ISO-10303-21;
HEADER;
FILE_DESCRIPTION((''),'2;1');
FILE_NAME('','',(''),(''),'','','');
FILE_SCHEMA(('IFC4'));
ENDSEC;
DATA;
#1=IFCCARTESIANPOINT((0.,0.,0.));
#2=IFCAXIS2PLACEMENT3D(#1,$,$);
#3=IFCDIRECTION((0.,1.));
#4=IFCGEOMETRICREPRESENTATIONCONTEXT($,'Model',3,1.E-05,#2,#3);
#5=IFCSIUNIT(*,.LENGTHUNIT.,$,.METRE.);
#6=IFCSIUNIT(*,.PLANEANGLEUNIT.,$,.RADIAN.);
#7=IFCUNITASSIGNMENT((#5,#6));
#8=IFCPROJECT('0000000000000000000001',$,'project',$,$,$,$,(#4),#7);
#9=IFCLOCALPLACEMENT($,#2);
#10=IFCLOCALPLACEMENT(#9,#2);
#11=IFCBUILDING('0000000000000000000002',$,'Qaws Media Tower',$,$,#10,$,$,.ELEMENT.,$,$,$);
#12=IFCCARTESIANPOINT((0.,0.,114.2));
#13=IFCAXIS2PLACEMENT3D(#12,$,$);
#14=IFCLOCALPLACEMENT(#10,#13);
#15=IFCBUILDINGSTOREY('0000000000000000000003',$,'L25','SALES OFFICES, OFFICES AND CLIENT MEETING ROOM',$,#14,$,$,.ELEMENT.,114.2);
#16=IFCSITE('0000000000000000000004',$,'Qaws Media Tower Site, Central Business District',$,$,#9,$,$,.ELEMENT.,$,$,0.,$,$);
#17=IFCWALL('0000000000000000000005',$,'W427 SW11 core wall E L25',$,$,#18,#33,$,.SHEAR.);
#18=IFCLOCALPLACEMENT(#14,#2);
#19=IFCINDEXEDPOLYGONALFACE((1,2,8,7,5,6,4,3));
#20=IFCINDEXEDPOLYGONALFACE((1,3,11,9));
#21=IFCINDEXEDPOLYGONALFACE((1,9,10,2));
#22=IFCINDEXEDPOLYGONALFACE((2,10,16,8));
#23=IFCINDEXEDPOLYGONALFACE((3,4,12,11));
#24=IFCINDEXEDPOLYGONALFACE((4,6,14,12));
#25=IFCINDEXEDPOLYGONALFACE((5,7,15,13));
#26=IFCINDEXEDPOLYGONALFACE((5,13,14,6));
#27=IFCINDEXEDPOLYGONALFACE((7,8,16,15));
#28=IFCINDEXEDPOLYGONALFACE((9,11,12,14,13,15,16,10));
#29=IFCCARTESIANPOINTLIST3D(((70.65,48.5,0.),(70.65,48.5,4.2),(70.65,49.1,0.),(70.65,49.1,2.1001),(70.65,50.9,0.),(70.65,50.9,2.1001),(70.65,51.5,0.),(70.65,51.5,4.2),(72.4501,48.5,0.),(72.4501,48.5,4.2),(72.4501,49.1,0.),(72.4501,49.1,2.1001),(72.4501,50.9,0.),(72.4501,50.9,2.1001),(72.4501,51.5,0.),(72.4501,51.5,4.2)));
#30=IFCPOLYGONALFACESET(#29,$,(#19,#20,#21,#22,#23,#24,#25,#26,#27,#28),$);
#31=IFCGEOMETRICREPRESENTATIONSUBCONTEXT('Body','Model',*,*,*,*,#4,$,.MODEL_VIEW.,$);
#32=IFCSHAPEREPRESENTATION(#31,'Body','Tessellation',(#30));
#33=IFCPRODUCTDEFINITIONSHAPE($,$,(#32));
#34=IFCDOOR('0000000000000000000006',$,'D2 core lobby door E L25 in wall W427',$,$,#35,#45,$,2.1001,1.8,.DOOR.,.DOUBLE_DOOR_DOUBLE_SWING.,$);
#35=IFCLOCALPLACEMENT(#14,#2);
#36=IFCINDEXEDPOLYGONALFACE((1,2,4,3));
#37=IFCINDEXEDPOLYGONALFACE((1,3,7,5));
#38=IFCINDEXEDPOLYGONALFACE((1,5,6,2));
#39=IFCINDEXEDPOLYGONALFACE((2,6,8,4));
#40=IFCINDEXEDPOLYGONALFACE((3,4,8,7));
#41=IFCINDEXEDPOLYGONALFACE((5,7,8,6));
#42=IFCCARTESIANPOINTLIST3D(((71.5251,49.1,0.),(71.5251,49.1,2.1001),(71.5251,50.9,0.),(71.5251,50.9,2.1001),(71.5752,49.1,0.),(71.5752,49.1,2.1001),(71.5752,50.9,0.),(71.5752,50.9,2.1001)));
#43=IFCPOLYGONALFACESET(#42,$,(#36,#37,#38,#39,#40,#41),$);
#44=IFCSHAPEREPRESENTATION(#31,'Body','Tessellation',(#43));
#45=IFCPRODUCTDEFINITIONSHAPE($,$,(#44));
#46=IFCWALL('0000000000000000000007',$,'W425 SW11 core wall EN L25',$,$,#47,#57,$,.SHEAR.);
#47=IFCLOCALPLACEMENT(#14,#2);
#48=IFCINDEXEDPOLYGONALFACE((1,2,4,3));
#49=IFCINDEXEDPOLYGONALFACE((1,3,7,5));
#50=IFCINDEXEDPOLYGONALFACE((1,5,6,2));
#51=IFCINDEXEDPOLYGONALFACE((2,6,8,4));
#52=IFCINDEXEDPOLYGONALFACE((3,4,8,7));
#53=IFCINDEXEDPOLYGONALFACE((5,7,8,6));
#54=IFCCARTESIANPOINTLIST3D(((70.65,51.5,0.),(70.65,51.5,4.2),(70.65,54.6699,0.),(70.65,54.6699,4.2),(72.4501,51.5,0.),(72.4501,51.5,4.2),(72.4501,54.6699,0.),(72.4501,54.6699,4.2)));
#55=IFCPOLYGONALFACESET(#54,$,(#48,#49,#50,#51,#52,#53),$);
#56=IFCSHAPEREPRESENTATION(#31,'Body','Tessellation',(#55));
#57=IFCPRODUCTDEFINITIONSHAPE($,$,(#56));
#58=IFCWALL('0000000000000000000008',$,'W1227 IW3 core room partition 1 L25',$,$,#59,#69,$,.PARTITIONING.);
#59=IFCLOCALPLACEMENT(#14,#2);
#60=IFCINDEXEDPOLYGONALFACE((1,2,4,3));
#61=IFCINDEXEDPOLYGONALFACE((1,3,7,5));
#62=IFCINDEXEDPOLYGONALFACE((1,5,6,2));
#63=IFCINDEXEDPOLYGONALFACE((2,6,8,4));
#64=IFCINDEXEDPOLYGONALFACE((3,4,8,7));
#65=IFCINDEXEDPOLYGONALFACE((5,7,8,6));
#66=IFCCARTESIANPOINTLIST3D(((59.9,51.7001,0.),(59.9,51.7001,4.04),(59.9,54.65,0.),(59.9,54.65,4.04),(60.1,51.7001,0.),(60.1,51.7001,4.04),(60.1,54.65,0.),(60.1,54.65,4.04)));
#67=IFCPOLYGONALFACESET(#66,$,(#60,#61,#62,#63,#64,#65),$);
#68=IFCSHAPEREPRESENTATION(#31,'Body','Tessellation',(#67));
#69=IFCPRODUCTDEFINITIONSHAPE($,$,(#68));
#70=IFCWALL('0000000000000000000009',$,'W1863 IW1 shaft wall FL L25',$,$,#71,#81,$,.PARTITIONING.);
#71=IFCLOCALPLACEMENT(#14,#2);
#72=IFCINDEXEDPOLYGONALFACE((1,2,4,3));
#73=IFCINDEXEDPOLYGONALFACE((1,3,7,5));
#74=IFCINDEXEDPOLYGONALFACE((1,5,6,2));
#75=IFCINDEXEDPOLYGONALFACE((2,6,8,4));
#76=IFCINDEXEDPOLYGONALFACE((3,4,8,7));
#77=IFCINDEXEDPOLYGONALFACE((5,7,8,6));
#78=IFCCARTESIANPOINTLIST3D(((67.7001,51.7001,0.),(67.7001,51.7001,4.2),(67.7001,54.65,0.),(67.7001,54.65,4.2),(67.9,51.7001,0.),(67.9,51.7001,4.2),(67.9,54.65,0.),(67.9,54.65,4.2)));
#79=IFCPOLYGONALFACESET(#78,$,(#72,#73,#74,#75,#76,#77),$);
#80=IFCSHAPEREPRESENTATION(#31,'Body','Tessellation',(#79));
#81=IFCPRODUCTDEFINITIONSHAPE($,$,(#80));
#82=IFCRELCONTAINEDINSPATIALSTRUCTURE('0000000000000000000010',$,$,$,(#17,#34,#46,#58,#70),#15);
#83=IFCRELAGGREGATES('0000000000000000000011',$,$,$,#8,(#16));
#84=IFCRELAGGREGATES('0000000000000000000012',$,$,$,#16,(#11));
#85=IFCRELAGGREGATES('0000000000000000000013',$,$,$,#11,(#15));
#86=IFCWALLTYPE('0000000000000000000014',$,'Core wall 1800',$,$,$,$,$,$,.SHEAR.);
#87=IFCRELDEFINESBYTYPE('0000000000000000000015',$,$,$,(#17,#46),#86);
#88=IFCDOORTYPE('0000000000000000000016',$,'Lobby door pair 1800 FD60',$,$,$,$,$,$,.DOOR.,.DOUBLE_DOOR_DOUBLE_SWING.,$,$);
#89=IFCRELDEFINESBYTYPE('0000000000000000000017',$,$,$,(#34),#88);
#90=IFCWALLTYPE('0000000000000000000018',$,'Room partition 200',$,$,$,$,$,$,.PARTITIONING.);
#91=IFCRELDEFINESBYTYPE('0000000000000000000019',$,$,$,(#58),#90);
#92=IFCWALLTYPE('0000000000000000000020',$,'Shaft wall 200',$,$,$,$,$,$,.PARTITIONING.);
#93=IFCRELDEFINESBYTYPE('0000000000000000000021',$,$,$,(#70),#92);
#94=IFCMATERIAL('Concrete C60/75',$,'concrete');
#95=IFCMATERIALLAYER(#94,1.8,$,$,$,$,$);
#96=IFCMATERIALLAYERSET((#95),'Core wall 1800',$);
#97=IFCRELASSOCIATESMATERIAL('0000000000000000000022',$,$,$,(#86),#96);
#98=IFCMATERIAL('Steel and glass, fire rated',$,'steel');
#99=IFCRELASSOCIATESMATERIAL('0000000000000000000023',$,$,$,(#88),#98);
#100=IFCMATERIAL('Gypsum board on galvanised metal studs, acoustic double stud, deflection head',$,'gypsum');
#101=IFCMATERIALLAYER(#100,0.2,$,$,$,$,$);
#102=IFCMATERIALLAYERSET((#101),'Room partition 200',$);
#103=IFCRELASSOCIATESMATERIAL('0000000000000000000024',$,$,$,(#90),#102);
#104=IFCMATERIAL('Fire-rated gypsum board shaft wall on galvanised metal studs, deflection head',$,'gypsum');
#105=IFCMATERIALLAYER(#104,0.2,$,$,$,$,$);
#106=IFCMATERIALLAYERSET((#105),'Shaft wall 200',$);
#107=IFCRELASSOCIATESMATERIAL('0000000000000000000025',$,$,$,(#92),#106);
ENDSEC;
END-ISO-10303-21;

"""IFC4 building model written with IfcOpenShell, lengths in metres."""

from ifc_helpers import new_model, si_unit, direction, frame, frame_2d, origin, place, context, subcontext, project, spatial, rectangle, extrude, material, layer, layer_set, type_object, element, fill, save


model = new_model("IFC4")

# Units and contexts
model_context = context("Model", 3, precision=1e-05, world=origin(), true_north=direction((0.0, 1.0)))
body_context = subcontext(model_context, "Body", "Model", "MODEL_VIEW")
ifc_project = project(units=[si_unit("LENGTHUNIT", "METRE"), si_unit("PLANEANGLEUNIT", "RADIAN")], contexts=[model_context])

# Site, building, storey
site_placement = place(None, origin())
site = spatial("IfcSite", under=ifc_project, at=site_placement, Name="Qaws Media Tower Site, Central Business District", CompositionType="ELEMENT", RefElevation=0.0)
building_placement = place(site_placement, origin())
building = spatial("IfcBuilding", under=site, at=building_placement, Name="Qaws Media Tower", CompositionType="ELEMENT")
storey_placement = place(building_placement, frame((0.0, 0.0, 114.2)))
storey = spatial("IfcBuildingStorey", under=building, at=storey_placement, Name="L25", Description="SALES OFFICES, OFFICES AND CLIENT MEETING ROOM", CompositionType="ELEMENT", Elevation=114.2)

# Shared definitions
ifc_material_1 = material(Name="Concrete C60/75", Category="concrete")
ifc_layer_1 = layer(ifc_material_1, 1.8)
ifc_layer_set_1 = layer_set([ifc_layer_1], Name="Core wall 1800")
wall_type_1 = type_object("IfcWallType", Name="Core wall 1800", PredefinedType="SHEAR", material=ifc_layer_set_1)

# Wall, opening, door
wall_1_placement = place(storey_placement, frame((71.55, 48.5, 0.0), z_axis=(0.0, 0.0, 1.0), x_axis=(0.0, 1.0, 0.0)))
wall_1 = element("IfcWall", 1, at=wall_1_placement, inside=storey, type_object=wall_type_1, Name="W427 SW11 core wall E L25", PredefinedType="SHEAR", context=body_context, shape_type="SweptSolid", body=[
    extrude(rectangle(XDim=3.0, YDim=1.8, at=frame_2d((1.5, 0.0))), origin(), (0.0, 0.0, 1.0), 4.2),
])
opening_1_placement = place(wall_1_placement, frame((0.6001, 0.0, 0.0)))
opening_1 = element("IfcOpeningElement", 2, at=opening_1_placement, cuts=wall_1, PredefinedType="OPENING", context=body_context, shape_type="SweptSolid", body=[
    extrude(rectangle(XDim=1.8, YDim=2.1001, at=frame_2d((0.8999, 1.05))), frame((0.0, 0.9099, 0.0), z_axis=(0.0, -1.0, 0.0), x_axis=(1.0, 0.0, 0.0)), (0.0, 0.0, 1.0), 1.8201),
])
ifc_material_2 = material(Name="Steel and glass, fire rated", Category="steel")
door_type_1 = type_object("IfcDoorType", Name="Lobby door pair 1800 FD60", OperationType="DOUBLE_DOOR_DOUBLE_SWING", PredefinedType="DOOR", material=ifc_material_2)
door_1_placement = place(opening_1_placement, origin())
door_1 = element("IfcDoor", 3, at=door_1_placement, inside=storey, type_object=door_type_1, Name="D2 core lobby door E L25 in wall W427", OperationType="DOUBLE_DOOR_DOUBLE_SWING", OverallHeight=2.1001, OverallWidth=1.8, PredefinedType="DOOR", context=body_context, shape_type="SweptSolid", body=[
    extrude(rectangle(XDim=1.8, YDim=2.1001, at=frame_2d((0.8999, 1.05))), frame((0.0, 0.0249, 0.0), z_axis=(0.0, -1.0, 0.0), x_axis=(1.0, 0.0, 0.0)), (0.0, 0.0, 1.0), 0.05),
])
fill(opening_1, door_1)

# Walls
wall_2_placement = place(storey_placement, frame((71.55, 51.5, 0.0), z_axis=(0.0, 0.0, 1.0), x_axis=(0.0, 1.0, 0.0)))
element("IfcWall", 4, at=wall_2_placement, inside=storey, type_object=wall_type_1, Name="W425 SW11 core wall EN L25", PredefinedType="SHEAR", context=body_context, shape_type="SweptSolid", body=[
    extrude(rectangle(XDim=3.1699, YDim=1.8, at=frame_2d((1.585, 0.0))), origin(), (0.0, 0.0, 1.0), 4.2),
])
ifc_material_3 = material(Name="Gypsum board on galvanised metal studs, acoustic double stud, deflection head", Category="gypsum")
ifc_layer_2 = layer(ifc_material_3, 0.2)
ifc_layer_set_2 = layer_set([ifc_layer_2], Name="Room partition 200")
wall_type_2 = type_object("IfcWallType", Name="Room partition 200", PredefinedType="PARTITIONING", material=ifc_layer_set_2)
wall_3_placement = place(storey_placement, frame((60.0, 51.7, 0.0), z_axis=(0.0, 0.0, 1.0), x_axis=(0.0, 1.0, 0.0)))
element("IfcWall", 5, at=wall_3_placement, inside=storey, type_object=wall_type_2, Name="W1227 IW3 core room partition 1 L25", PredefinedType="PARTITIONING", context=body_context, shape_type="SweptSolid", body=[
    extrude(rectangle(XDim=2.95, YDim=0.2, at=frame_2d((1.4751, 0.0))), origin(), (0.0, 0.0, 1.0), 4.04),
])
ifc_material_4 = material(Name="Fire-rated gypsum board shaft wall on galvanised metal studs, deflection head", Category="gypsum")
ifc_layer_3 = layer(ifc_material_4, 0.2)
ifc_layer_set_3 = layer_set([ifc_layer_3], Name="Shaft wall 200")
wall_type_3 = type_object("IfcWallType", Name="Shaft wall 200", PredefinedType="PARTITIONING", material=ifc_layer_set_3)
wall_4_placement = place(storey_placement, frame((67.8, 51.7, 0.0), z_axis=(0.0, 0.0, 1.0), x_axis=(0.0, 1.0, 0.0)))
element("IfcWall", 6, at=wall_4_placement, inside=storey, type_object=wall_type_3, Name="W1863 IW1 shaft wall FL L25", PredefinedType="PARTITIONING", context=body_context, shape_type="SweptSolid", body=[
    extrude(rectangle(XDim=2.95, YDim=0.2, at=frame_2d((1.4751, 0.0))), origin(), (0.0, 0.0, 1.0), 4.2),
])

save(model, "model.ifc")
